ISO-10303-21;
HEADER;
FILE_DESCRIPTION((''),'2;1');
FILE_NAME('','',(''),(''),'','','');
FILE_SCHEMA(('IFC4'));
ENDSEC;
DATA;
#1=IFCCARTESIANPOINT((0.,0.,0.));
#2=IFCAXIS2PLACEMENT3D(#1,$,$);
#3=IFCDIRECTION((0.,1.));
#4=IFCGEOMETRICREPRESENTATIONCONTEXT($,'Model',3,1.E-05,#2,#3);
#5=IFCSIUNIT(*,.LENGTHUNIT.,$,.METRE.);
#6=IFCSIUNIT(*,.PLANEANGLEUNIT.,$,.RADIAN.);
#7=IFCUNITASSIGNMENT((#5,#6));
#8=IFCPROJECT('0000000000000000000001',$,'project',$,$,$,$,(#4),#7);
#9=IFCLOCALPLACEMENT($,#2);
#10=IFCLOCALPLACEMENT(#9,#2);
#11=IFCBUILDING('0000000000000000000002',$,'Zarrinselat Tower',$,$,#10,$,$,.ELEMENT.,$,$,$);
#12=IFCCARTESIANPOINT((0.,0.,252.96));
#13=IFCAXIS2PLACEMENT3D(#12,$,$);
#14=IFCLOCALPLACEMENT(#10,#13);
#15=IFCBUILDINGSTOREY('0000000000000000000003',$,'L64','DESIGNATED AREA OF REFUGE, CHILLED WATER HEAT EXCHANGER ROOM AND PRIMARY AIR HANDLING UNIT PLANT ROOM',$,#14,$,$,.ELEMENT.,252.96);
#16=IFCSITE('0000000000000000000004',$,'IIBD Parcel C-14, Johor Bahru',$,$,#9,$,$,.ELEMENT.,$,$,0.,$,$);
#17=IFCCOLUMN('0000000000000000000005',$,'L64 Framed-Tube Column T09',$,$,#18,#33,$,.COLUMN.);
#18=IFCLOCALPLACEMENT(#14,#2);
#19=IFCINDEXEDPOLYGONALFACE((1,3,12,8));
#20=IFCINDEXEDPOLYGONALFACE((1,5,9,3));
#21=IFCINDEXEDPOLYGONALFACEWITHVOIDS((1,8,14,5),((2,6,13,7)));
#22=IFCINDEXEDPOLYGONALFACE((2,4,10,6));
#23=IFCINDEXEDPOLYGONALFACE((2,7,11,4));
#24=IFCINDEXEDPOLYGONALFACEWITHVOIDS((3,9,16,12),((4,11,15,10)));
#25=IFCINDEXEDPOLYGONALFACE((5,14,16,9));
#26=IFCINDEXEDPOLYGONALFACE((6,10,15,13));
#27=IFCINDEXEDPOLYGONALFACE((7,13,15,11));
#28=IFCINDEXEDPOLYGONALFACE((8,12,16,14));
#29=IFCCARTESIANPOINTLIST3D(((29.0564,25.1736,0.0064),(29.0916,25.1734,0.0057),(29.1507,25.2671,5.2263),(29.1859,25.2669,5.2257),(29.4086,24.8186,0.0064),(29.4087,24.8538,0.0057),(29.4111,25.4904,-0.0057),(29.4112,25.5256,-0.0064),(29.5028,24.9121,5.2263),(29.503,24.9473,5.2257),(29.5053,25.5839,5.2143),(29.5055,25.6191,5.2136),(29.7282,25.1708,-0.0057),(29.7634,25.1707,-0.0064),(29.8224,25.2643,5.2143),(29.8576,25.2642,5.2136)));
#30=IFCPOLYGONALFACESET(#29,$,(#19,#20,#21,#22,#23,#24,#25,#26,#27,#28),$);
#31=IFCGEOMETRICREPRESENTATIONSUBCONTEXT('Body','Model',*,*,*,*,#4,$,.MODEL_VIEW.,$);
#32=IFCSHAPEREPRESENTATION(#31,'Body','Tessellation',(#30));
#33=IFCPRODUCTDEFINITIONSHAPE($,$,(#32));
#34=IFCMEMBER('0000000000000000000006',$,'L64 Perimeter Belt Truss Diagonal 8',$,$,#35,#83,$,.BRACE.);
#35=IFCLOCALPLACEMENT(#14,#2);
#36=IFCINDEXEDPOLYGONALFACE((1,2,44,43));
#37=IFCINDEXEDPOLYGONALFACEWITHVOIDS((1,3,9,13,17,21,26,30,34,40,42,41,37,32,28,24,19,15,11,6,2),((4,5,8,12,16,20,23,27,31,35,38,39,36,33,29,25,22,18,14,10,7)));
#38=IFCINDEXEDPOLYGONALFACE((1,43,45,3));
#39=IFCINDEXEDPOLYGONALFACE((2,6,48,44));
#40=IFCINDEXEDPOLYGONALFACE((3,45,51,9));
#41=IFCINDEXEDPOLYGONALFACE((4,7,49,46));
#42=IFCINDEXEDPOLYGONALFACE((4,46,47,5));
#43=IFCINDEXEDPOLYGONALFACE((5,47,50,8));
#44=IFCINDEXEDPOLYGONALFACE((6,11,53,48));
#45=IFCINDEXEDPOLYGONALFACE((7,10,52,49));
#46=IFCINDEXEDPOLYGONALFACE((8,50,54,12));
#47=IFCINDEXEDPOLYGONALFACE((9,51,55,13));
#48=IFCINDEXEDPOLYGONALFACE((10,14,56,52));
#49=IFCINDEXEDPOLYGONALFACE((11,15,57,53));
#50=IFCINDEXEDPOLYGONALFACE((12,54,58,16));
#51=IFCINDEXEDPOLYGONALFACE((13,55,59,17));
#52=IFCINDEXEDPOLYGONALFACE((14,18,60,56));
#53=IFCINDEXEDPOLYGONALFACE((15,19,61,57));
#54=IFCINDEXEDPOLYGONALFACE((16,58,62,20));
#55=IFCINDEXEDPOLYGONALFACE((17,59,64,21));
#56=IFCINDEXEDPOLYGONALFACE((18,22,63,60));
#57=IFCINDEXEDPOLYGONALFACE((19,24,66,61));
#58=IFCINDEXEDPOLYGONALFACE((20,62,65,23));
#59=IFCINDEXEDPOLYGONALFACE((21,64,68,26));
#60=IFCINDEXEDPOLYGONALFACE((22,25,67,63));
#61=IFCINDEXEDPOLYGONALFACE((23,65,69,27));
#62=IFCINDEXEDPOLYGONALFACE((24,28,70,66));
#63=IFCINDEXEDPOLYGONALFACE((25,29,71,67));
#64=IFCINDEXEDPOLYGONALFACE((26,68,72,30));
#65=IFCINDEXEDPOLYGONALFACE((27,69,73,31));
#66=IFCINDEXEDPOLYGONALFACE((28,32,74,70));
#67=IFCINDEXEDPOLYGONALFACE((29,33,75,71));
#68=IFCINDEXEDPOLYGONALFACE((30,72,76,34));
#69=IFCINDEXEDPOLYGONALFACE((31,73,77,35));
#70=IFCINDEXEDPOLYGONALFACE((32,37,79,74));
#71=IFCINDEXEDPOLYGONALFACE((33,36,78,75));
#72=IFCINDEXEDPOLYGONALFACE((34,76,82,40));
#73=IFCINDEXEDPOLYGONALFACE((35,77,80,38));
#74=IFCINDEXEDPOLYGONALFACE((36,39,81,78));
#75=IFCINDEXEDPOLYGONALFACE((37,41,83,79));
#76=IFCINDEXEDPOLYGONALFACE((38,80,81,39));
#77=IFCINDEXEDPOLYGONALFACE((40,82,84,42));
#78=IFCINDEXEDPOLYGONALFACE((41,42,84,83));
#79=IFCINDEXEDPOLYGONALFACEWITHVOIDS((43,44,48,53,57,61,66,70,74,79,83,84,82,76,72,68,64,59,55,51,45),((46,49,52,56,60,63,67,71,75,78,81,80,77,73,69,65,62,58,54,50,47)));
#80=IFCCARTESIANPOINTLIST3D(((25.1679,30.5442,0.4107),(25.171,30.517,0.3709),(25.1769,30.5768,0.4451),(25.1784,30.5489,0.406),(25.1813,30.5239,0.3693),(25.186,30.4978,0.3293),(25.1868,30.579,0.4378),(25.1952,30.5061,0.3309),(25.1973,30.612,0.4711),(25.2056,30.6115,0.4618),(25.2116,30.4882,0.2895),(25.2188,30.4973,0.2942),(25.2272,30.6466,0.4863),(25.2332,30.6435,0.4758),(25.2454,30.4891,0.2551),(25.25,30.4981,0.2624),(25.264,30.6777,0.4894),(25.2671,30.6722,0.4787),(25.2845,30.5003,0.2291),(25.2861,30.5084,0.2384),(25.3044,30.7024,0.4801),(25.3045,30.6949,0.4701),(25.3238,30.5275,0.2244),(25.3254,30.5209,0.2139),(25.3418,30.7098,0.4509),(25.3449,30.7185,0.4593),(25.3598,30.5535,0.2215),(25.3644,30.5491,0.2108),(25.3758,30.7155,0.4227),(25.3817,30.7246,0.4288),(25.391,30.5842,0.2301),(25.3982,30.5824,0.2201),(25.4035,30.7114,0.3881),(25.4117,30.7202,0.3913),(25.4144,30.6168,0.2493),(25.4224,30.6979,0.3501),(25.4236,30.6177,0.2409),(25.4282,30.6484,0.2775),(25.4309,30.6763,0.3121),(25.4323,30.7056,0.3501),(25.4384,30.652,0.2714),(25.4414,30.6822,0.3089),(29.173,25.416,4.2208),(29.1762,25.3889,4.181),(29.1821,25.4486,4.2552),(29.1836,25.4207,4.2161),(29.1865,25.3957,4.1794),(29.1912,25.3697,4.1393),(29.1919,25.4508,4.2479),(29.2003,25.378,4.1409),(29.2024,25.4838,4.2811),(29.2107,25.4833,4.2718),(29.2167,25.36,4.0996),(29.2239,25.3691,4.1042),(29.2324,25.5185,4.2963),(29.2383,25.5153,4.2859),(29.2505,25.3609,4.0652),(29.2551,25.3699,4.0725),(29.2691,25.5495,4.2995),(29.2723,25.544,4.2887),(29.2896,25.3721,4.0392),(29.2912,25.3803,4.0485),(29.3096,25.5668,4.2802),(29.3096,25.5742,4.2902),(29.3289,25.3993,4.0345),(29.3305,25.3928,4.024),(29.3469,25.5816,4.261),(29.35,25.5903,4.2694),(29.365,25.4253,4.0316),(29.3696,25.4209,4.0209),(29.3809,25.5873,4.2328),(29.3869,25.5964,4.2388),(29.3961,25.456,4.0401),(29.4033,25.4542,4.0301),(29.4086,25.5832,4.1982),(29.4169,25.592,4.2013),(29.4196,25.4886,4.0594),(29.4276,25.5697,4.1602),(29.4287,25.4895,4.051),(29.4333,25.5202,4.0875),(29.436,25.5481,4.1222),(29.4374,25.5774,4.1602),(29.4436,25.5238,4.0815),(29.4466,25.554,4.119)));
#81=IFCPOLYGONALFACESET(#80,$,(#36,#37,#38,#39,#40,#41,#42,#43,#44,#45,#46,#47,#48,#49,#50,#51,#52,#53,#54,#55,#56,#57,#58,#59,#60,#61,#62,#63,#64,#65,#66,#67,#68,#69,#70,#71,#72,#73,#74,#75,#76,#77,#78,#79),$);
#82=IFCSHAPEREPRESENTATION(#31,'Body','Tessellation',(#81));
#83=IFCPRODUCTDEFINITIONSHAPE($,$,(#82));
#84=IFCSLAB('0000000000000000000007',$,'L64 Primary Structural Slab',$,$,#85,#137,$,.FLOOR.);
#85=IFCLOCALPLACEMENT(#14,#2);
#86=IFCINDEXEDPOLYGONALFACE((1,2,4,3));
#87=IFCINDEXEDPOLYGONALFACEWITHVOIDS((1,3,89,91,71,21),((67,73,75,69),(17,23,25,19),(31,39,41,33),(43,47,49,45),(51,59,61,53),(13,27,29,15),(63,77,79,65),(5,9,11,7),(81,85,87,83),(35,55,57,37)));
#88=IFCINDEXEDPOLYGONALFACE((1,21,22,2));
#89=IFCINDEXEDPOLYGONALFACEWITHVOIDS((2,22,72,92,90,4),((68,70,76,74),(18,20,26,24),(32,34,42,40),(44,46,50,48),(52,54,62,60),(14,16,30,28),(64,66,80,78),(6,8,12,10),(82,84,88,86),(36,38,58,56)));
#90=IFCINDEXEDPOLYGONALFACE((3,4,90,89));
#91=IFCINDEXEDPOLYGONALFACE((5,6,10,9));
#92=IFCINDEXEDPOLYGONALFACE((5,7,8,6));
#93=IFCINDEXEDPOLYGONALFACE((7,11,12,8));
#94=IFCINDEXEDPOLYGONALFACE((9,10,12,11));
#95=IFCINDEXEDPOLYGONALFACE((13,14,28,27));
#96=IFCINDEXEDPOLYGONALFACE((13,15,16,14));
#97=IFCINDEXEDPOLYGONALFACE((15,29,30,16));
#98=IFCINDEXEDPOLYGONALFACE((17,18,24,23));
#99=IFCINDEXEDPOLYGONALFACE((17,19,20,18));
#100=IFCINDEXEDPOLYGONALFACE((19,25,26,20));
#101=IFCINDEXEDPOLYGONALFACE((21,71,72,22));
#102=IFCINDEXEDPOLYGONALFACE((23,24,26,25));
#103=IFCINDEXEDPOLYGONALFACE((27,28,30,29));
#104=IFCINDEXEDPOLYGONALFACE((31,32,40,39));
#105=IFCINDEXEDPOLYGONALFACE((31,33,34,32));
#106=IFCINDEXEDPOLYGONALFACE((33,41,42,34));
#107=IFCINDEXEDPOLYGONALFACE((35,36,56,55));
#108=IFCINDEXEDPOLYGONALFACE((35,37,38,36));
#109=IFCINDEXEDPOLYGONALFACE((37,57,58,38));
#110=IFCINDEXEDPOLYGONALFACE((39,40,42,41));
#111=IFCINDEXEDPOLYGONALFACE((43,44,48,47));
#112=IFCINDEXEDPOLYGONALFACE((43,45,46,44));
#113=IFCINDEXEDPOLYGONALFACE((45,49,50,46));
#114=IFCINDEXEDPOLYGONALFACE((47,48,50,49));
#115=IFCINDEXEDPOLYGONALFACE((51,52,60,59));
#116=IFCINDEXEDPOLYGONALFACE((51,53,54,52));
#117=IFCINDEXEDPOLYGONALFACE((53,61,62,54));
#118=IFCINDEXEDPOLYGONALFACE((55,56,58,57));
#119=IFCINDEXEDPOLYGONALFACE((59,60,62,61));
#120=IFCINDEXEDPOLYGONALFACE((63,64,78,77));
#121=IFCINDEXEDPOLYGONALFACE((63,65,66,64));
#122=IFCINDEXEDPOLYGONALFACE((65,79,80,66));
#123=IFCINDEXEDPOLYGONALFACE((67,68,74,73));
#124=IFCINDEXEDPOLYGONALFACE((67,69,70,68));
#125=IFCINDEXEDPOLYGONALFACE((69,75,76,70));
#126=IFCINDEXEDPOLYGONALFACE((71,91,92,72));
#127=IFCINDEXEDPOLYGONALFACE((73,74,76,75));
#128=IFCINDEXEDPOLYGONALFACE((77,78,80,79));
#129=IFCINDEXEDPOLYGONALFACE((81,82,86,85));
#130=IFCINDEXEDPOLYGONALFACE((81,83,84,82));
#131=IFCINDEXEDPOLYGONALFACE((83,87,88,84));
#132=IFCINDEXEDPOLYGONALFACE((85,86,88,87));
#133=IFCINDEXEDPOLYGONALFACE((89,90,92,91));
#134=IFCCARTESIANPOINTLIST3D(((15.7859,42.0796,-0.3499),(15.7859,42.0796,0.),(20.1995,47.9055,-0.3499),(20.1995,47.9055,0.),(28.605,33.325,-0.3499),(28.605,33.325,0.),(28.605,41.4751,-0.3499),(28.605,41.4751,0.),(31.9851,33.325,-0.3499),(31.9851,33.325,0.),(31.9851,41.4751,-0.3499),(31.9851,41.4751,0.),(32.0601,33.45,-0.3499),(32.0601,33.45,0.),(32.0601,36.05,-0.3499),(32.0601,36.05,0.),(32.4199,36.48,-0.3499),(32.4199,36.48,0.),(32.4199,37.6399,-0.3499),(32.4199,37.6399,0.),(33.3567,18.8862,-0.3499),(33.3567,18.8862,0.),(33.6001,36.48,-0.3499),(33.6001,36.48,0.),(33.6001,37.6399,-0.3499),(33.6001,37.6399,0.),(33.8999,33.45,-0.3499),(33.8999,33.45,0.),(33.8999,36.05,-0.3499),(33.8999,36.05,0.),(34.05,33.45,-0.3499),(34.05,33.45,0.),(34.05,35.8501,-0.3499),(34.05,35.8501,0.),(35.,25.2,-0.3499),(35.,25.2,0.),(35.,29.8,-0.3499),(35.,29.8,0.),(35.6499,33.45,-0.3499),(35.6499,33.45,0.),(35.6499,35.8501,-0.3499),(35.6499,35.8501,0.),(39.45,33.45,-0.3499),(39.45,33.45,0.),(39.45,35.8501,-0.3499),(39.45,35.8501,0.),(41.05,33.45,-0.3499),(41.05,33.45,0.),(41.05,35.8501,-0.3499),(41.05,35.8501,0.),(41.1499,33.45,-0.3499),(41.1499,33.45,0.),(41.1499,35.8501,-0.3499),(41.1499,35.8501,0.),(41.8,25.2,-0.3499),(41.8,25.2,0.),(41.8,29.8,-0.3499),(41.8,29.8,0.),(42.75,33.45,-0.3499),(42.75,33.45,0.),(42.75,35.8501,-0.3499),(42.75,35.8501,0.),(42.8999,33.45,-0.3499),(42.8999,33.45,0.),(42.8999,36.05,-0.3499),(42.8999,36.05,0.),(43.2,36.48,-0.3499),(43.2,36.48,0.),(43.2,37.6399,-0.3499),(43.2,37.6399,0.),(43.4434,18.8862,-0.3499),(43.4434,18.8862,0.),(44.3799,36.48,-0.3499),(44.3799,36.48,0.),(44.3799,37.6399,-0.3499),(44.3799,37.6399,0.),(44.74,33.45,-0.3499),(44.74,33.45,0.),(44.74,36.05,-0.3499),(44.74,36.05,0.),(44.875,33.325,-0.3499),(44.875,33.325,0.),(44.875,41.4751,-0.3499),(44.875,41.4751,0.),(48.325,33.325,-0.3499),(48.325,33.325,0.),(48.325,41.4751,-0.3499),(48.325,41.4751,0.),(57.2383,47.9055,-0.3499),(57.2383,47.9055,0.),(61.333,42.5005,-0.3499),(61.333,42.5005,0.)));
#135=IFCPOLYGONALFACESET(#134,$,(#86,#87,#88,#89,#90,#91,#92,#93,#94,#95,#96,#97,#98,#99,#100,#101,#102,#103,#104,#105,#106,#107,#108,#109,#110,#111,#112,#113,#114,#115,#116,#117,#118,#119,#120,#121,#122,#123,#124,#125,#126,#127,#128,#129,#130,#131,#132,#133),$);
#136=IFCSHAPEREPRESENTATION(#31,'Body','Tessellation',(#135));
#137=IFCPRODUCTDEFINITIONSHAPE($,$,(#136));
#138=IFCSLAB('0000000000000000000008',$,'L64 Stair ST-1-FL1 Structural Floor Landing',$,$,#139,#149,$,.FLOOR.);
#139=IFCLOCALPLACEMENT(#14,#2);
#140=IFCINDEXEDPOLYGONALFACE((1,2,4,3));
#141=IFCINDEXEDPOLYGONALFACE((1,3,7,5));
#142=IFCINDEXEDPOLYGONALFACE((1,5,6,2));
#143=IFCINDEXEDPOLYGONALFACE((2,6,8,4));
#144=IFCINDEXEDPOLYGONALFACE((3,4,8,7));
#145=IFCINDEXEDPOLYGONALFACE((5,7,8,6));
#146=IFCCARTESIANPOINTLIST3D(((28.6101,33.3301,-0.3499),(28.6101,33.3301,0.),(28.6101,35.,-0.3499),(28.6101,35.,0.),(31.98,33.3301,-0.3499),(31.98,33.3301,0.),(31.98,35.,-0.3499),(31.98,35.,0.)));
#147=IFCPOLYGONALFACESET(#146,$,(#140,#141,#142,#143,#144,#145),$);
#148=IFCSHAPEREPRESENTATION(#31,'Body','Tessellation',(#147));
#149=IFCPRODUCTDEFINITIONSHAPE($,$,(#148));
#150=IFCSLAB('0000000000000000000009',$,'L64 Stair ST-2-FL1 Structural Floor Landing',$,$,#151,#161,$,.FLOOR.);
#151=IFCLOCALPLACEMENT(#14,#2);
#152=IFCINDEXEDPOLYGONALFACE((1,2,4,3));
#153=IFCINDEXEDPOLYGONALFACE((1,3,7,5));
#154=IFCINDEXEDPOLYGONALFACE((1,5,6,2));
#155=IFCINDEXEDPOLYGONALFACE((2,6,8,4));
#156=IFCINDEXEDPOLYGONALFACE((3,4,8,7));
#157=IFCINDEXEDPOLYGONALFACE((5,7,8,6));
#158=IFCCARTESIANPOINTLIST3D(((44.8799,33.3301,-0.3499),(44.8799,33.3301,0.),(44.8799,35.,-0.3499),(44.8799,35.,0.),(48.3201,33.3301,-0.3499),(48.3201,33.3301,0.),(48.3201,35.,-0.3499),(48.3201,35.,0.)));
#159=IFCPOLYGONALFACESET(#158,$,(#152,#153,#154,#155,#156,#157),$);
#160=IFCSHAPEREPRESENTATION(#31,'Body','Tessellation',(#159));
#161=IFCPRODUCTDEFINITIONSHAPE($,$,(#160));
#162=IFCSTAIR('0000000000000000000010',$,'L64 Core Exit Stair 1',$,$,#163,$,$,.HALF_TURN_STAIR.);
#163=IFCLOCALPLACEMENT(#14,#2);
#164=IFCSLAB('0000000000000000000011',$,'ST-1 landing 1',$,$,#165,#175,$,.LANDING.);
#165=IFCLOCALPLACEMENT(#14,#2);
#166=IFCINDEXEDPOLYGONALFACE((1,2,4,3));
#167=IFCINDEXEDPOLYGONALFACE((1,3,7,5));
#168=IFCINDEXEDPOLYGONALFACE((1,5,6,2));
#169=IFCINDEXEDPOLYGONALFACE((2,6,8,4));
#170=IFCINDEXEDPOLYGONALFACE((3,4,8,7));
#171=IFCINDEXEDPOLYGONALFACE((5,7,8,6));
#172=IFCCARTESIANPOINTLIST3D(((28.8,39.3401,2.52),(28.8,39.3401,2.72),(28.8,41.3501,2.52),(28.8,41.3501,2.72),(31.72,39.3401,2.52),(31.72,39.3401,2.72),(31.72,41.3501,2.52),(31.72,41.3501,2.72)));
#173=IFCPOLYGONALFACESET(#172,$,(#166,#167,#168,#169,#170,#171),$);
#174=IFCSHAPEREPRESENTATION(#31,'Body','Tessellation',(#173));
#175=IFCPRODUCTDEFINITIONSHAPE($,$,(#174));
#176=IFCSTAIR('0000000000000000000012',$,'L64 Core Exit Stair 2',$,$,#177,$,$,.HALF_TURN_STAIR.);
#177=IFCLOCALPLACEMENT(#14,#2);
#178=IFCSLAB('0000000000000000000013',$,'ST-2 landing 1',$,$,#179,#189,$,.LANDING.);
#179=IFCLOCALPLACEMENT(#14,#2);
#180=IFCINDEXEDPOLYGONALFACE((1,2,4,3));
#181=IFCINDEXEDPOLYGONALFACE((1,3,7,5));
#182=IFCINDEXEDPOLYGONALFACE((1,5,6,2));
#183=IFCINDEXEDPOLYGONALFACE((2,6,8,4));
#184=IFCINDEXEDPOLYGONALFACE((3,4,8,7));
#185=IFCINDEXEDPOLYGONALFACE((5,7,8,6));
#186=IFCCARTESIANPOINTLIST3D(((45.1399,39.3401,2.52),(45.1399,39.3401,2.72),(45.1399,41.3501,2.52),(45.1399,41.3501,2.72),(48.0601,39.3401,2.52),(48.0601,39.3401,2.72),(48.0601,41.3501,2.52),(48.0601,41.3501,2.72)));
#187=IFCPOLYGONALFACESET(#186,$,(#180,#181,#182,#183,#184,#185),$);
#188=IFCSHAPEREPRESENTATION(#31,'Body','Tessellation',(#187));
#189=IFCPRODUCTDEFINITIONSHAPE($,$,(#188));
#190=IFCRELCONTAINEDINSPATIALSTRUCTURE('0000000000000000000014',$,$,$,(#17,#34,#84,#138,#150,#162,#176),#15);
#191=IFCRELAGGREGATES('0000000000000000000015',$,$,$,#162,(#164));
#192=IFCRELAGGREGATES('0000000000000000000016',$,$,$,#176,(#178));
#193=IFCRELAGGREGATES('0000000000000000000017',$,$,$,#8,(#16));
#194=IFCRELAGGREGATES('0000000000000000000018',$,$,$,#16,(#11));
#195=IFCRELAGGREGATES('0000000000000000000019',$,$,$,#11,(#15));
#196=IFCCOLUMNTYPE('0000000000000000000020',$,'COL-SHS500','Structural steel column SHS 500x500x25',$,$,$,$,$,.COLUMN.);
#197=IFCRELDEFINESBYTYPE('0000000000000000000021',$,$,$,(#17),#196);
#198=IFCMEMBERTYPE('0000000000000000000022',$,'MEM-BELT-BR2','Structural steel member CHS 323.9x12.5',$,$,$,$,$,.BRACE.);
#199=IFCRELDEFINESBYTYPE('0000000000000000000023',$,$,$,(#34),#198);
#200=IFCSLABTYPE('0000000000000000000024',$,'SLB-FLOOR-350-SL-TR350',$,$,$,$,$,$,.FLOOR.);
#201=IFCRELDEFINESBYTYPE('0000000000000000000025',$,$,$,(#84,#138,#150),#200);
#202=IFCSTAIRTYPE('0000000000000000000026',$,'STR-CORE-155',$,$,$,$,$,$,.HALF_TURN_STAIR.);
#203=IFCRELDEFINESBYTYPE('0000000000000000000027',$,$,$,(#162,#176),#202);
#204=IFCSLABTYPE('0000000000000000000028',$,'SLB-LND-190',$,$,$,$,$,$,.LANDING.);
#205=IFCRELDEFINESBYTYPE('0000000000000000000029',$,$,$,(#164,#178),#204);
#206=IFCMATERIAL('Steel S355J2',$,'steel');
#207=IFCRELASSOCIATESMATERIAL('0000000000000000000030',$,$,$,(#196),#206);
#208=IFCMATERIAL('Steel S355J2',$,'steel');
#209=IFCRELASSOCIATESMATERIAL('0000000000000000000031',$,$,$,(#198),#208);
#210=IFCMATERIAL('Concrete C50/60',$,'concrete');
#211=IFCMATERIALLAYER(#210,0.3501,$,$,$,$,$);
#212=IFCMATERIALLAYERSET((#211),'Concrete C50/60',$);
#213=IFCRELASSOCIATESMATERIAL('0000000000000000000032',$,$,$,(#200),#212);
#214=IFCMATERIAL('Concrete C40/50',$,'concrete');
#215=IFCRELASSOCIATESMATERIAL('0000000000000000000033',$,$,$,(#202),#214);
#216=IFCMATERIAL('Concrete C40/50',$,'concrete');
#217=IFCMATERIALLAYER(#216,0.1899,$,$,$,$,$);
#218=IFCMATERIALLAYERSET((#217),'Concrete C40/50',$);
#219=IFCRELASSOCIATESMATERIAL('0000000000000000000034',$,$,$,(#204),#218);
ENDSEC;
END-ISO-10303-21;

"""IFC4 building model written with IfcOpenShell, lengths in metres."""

from ifc_helpers import new_model, si_unit, direction, frame, origin, origin_2d, place, context, subcontext, project, spatial, polyline, hollow_rectangle, hollow_circle, outline, extrude, material, layer, layer_set, material_profile, profile_set, type_object, element, aggregate, save


model = new_model("IFC4")

# Units and contexts
model_context = context("Model", 3, precision=1e-05, world=origin(), true_north=direction((0.0, 1.0)))
body_context = subcontext(model_context, "Body", "Model", "MODEL_VIEW")
ifc_project = project(units=[si_unit("LENGTHUNIT", "METRE"), si_unit("PLANEANGLEUNIT", "RADIAN")], contexts=[model_context])

# Site, building, storey
site_placement = place(None, origin())
site = spatial("IfcSite", under=ifc_project, at=site_placement, Name="IIBD Parcel C-14, Johor Bahru", CompositionType="ELEMENT", RefElevation=0.0)
building_placement = place(site_placement, origin())
building = spatial("IfcBuilding", under=site, at=building_placement, Name="Zarrinselat Tower", CompositionType="ELEMENT")
storey_placement = place(building_placement, frame((0.0, 0.0, 252.96)))
storey = spatial("IfcBuildingStorey", under=building, at=storey_placement, Name="L64", Description="DESIGNATED AREA OF REFUGE, CHILLED WATER HEAT EXCHANGER ROOM AND PRIMARY AIR HANDLING UNIT PLANT ROOM", CompositionType="ELEMENT", Elevation=252.96)

# Column
ifc_material_1 = material(Name="Steel S355J2", Category="steel")
ifc_material_profile_1 = material_profile(ifc_material_1, hollow_rectangle(XDim=0.5, YDim=0.5, WallThickness=0.0249, at=origin_2d()), Name="SHS 500x500x25")
ifc_profile_set_1 = profile_set([ifc_material_profile_1], Name="Steel S355J2")
column_type = type_object("IfcColumnType", Name="COL-SHS500", Description="Structural steel column SHS 500x500x25", PredefinedType="COLUMN", material=ifc_profile_set_1)
column_placement = place(storey_placement, frame((29.4099, 25.1721, 0.0), z_axis=(0.018048, 0.017907, 0.999677), x_axis=(-0.704343, 0.70986, 0.0)))
element("IfcColumn", 1, at=column_placement, inside=storey, type_object=column_type, Name="L64 Framed-Tube Column T09", PredefinedType="COLUMN", context=body_context, shape_type="SweptSolid", body=[
    extrude(hollow_rectangle(XDim=0.5, YDim=0.5, WallThickness=0.0249, at=origin_2d()), origin(), (0.0, 0.0, 1.0), 5.2217),
])

# Member
ifc_material_2 = material(Name="Steel S355J2", Category="steel")
ifc_material_profile_2 = material_profile(ifc_material_2, hollow_circle(Radius=0.1619, WallThickness=0.0125, at=origin_2d()), Name="CHS 323.9x12.5")
ifc_profile_set_2 = profile_set([ifc_material_profile_2], Name="Steel S355J2")
member_type = type_object("IfcMemberType", Name="MEM-BELT-BR2", Description="Structural steel member CHS 323.9x12.5", PredefinedType="BRACE", material=ifc_profile_set_2)
member_placement = place(storey_placement, frame((25.3047, 30.606, 0.3501), z_axis=(0.531165, -0.680104, 0.505294), x_axis=(0.788118, 0.615524, 0.0)))
element("IfcMember", 2, at=member_placement, inside=storey, type_object=member_type, Name="L64 Perimeter Belt Truss Diagonal 8", PredefinedType="BRACE", context=body_context, shape_type="SweptSolid", body=[
    extrude(hollow_circle(Radius=0.1619, WallThickness=0.0125, at=origin_2d()), origin(), (0.0, 0.0, 1.0), 7.5403),
])

# Slabs
ifc_material_3 = material(Name="Concrete C50/60", Category="concrete")
ifc_layer_1 = layer(ifc_material_3, 0.3501)
ifc_layer_set_1 = layer_set([ifc_layer_1], Name="Concrete C50/60")
slab_type_1 = type_object("IfcSlabType", Name="SLB-FLOOR-350-SL-TR350", PredefinedType="FLOOR", material=ifc_layer_set_1)
slab_1_placement = place(storey_placement, frame((0.0, 0.0, -0.3499)))
element("IfcSlab", 3, at=slab_1_placement, inside=storey, type_object=slab_type_1, Name="L64 Primary Structural Slab", PredefinedType="FLOOR", context=body_context, shape_type="SweptSolid", body=[
    extrude(outline(polyline([(57.2383, 47.9055), (20.1995, 47.9055), (15.7859, 42.0796), (33.3567, 18.8862), (43.4434, 18.8862), (61.333, 42.5005), (57.2383, 47.9055)]), holes=[polyline([(41.8, 25.2), (35.0, 25.2), (35.0, 29.8), (41.8, 29.8), (41.8, 25.2)]), polyline([(35.6499, 33.45), (34.05, 33.45), (34.05, 35.8501), (35.6499, 35.8501), (35.6499, 33.45)]), polyline([(41.05, 33.45), (39.45, 33.45), (39.45, 35.8501), (41.05, 35.8501), (41.05, 33.45)]), polyline([(41.1499, 33.45), (41.1499, 35.8501), (42.75, 35.8501), (42.75, 33.45), (41.1499, 33.45)]), polyline([(32.0601, 33.45), (32.0601, 36.05), (33.8999, 36.05), (33.8999, 33.45), (32.0601, 33.45)]), polyline([(44.74, 33.45), (42.8999, 33.45), (42.8999, 36.05), (44.74, 36.05), (44.74, 33.45)]), polyline([(33.6001, 36.48), (32.4199, 36.48), (32.4199, 37.6399), (33.6001, 37.6399), (33.6001, 36.48)]), polyline([(44.3799, 36.48), (43.2, 36.48), (43.2, 37.6399), (44.3799, 37.6399), (44.3799, 36.48)]), polyline([(31.9851, 33.325), (28.605, 33.325), (28.605, 41.4751), (31.9851, 41.4751), (31.9851, 33.325)]), polyline([(48.325, 33.325), (44.875, 33.325), (44.875, 41.4751), (48.325, 41.4751), (48.325, 33.325)])]), origin(), (0.0, 0.0, 1.0), 0.3499),
])
slab_2_placement = place(storey_placement, frame((0.0, 0.0, -0.3499)))
element("IfcSlab", 4, at=slab_2_placement, inside=storey, type_object=slab_type_1, Name="L64 Stair ST-1-FL1 Structural Floor Landing", PredefinedType="FLOOR", context=body_context, shape_type="SweptSolid", body=[
    extrude(outline(polyline([(31.98, 33.3301), (31.98, 35.0), (28.6101, 35.0), (28.6101, 33.3301), (31.98, 33.3301)])), origin(), (0.0, 0.0, 1.0), 0.3499),
])
slab_3_placement = place(storey_placement, frame((0.0, 0.0, -0.3499)))
element("IfcSlab", 5, at=slab_3_placement, inside=storey, type_object=slab_type_1, Name="L64 Stair ST-2-FL1 Structural Floor Landing", PredefinedType="FLOOR", context=body_context, shape_type="SweptSolid", body=[
    extrude(outline(polyline([(48.3201, 33.3301), (48.3201, 35.0), (44.8799, 35.0), (44.8799, 33.3301), (48.3201, 33.3301)])), origin(), (0.0, 0.0, 1.0), 0.3499),
])

# Stairs, slabs
ifc_material_4 = material(Name="Concrete C40/50", Category="concrete")
stair_type = type_object("IfcStairType", Name="STR-CORE-155", PredefinedType="HALF_TURN_STAIR", material=ifc_material_4)
stair_1_placement = place(storey_placement, origin())
stair_1 = element("IfcStair", 6, at=stair_1_placement, inside=storey, type_object=stair_type, Name="L64 Core Exit Stair 1", PredefinedType="HALF_TURN_STAIR")
ifc_material_5 = material(Name="Concrete C40/50", Category="concrete")
ifc_layer_2 = layer(ifc_material_5, 0.1899)
ifc_layer_set_2 = layer_set([ifc_layer_2], Name="Concrete C40/50")
slab_type_2 = type_object("IfcSlabType", Name="SLB-LND-190", PredefinedType="LANDING", material=ifc_layer_set_2)
slab_4_placement = place(storey_placement, frame((0.0, 0.0, 2.52)))
slab_4 = element("IfcSlab", 7, at=slab_4_placement, type_object=slab_type_2, Name="ST-1 landing 1", PredefinedType="LANDING", context=body_context, shape_type="SweptSolid", body=[
    extrude(outline(polyline([(31.72, 39.3401), (31.72, 41.3501), (28.8, 41.3501), (28.8, 39.3401), (31.72, 39.3401)])), origin(), (0.0, 0.0, 1.0), 0.2),
])
aggregate(stair_1, [slab_4])
stair_2_placement = place(storey_placement, origin())
stair_2 = element("IfcStair", 8, at=stair_2_placement, inside=storey, type_object=stair_type, Name="L64 Core Exit Stair 2", PredefinedType="HALF_TURN_STAIR")
slab_5_placement = place(storey_placement, frame((0.0, 0.0, 2.52)))
slab_5 = element("IfcSlab", 9, at=slab_5_placement, type_object=slab_type_2, Name="ST-2 landing 1", PredefinedType="LANDING", context=body_context, shape_type="SweptSolid", body=[
    extrude(outline(polyline([(48.0601, 39.3401), (48.0601, 41.3501), (45.1399, 41.3501), (45.1399, 39.3401), (48.0601, 39.3401)])), origin(), (0.0, 0.0, 1.0), 0.2),
])
aggregate(stair_2, [slab_5])

save(model, "model.ifc")
